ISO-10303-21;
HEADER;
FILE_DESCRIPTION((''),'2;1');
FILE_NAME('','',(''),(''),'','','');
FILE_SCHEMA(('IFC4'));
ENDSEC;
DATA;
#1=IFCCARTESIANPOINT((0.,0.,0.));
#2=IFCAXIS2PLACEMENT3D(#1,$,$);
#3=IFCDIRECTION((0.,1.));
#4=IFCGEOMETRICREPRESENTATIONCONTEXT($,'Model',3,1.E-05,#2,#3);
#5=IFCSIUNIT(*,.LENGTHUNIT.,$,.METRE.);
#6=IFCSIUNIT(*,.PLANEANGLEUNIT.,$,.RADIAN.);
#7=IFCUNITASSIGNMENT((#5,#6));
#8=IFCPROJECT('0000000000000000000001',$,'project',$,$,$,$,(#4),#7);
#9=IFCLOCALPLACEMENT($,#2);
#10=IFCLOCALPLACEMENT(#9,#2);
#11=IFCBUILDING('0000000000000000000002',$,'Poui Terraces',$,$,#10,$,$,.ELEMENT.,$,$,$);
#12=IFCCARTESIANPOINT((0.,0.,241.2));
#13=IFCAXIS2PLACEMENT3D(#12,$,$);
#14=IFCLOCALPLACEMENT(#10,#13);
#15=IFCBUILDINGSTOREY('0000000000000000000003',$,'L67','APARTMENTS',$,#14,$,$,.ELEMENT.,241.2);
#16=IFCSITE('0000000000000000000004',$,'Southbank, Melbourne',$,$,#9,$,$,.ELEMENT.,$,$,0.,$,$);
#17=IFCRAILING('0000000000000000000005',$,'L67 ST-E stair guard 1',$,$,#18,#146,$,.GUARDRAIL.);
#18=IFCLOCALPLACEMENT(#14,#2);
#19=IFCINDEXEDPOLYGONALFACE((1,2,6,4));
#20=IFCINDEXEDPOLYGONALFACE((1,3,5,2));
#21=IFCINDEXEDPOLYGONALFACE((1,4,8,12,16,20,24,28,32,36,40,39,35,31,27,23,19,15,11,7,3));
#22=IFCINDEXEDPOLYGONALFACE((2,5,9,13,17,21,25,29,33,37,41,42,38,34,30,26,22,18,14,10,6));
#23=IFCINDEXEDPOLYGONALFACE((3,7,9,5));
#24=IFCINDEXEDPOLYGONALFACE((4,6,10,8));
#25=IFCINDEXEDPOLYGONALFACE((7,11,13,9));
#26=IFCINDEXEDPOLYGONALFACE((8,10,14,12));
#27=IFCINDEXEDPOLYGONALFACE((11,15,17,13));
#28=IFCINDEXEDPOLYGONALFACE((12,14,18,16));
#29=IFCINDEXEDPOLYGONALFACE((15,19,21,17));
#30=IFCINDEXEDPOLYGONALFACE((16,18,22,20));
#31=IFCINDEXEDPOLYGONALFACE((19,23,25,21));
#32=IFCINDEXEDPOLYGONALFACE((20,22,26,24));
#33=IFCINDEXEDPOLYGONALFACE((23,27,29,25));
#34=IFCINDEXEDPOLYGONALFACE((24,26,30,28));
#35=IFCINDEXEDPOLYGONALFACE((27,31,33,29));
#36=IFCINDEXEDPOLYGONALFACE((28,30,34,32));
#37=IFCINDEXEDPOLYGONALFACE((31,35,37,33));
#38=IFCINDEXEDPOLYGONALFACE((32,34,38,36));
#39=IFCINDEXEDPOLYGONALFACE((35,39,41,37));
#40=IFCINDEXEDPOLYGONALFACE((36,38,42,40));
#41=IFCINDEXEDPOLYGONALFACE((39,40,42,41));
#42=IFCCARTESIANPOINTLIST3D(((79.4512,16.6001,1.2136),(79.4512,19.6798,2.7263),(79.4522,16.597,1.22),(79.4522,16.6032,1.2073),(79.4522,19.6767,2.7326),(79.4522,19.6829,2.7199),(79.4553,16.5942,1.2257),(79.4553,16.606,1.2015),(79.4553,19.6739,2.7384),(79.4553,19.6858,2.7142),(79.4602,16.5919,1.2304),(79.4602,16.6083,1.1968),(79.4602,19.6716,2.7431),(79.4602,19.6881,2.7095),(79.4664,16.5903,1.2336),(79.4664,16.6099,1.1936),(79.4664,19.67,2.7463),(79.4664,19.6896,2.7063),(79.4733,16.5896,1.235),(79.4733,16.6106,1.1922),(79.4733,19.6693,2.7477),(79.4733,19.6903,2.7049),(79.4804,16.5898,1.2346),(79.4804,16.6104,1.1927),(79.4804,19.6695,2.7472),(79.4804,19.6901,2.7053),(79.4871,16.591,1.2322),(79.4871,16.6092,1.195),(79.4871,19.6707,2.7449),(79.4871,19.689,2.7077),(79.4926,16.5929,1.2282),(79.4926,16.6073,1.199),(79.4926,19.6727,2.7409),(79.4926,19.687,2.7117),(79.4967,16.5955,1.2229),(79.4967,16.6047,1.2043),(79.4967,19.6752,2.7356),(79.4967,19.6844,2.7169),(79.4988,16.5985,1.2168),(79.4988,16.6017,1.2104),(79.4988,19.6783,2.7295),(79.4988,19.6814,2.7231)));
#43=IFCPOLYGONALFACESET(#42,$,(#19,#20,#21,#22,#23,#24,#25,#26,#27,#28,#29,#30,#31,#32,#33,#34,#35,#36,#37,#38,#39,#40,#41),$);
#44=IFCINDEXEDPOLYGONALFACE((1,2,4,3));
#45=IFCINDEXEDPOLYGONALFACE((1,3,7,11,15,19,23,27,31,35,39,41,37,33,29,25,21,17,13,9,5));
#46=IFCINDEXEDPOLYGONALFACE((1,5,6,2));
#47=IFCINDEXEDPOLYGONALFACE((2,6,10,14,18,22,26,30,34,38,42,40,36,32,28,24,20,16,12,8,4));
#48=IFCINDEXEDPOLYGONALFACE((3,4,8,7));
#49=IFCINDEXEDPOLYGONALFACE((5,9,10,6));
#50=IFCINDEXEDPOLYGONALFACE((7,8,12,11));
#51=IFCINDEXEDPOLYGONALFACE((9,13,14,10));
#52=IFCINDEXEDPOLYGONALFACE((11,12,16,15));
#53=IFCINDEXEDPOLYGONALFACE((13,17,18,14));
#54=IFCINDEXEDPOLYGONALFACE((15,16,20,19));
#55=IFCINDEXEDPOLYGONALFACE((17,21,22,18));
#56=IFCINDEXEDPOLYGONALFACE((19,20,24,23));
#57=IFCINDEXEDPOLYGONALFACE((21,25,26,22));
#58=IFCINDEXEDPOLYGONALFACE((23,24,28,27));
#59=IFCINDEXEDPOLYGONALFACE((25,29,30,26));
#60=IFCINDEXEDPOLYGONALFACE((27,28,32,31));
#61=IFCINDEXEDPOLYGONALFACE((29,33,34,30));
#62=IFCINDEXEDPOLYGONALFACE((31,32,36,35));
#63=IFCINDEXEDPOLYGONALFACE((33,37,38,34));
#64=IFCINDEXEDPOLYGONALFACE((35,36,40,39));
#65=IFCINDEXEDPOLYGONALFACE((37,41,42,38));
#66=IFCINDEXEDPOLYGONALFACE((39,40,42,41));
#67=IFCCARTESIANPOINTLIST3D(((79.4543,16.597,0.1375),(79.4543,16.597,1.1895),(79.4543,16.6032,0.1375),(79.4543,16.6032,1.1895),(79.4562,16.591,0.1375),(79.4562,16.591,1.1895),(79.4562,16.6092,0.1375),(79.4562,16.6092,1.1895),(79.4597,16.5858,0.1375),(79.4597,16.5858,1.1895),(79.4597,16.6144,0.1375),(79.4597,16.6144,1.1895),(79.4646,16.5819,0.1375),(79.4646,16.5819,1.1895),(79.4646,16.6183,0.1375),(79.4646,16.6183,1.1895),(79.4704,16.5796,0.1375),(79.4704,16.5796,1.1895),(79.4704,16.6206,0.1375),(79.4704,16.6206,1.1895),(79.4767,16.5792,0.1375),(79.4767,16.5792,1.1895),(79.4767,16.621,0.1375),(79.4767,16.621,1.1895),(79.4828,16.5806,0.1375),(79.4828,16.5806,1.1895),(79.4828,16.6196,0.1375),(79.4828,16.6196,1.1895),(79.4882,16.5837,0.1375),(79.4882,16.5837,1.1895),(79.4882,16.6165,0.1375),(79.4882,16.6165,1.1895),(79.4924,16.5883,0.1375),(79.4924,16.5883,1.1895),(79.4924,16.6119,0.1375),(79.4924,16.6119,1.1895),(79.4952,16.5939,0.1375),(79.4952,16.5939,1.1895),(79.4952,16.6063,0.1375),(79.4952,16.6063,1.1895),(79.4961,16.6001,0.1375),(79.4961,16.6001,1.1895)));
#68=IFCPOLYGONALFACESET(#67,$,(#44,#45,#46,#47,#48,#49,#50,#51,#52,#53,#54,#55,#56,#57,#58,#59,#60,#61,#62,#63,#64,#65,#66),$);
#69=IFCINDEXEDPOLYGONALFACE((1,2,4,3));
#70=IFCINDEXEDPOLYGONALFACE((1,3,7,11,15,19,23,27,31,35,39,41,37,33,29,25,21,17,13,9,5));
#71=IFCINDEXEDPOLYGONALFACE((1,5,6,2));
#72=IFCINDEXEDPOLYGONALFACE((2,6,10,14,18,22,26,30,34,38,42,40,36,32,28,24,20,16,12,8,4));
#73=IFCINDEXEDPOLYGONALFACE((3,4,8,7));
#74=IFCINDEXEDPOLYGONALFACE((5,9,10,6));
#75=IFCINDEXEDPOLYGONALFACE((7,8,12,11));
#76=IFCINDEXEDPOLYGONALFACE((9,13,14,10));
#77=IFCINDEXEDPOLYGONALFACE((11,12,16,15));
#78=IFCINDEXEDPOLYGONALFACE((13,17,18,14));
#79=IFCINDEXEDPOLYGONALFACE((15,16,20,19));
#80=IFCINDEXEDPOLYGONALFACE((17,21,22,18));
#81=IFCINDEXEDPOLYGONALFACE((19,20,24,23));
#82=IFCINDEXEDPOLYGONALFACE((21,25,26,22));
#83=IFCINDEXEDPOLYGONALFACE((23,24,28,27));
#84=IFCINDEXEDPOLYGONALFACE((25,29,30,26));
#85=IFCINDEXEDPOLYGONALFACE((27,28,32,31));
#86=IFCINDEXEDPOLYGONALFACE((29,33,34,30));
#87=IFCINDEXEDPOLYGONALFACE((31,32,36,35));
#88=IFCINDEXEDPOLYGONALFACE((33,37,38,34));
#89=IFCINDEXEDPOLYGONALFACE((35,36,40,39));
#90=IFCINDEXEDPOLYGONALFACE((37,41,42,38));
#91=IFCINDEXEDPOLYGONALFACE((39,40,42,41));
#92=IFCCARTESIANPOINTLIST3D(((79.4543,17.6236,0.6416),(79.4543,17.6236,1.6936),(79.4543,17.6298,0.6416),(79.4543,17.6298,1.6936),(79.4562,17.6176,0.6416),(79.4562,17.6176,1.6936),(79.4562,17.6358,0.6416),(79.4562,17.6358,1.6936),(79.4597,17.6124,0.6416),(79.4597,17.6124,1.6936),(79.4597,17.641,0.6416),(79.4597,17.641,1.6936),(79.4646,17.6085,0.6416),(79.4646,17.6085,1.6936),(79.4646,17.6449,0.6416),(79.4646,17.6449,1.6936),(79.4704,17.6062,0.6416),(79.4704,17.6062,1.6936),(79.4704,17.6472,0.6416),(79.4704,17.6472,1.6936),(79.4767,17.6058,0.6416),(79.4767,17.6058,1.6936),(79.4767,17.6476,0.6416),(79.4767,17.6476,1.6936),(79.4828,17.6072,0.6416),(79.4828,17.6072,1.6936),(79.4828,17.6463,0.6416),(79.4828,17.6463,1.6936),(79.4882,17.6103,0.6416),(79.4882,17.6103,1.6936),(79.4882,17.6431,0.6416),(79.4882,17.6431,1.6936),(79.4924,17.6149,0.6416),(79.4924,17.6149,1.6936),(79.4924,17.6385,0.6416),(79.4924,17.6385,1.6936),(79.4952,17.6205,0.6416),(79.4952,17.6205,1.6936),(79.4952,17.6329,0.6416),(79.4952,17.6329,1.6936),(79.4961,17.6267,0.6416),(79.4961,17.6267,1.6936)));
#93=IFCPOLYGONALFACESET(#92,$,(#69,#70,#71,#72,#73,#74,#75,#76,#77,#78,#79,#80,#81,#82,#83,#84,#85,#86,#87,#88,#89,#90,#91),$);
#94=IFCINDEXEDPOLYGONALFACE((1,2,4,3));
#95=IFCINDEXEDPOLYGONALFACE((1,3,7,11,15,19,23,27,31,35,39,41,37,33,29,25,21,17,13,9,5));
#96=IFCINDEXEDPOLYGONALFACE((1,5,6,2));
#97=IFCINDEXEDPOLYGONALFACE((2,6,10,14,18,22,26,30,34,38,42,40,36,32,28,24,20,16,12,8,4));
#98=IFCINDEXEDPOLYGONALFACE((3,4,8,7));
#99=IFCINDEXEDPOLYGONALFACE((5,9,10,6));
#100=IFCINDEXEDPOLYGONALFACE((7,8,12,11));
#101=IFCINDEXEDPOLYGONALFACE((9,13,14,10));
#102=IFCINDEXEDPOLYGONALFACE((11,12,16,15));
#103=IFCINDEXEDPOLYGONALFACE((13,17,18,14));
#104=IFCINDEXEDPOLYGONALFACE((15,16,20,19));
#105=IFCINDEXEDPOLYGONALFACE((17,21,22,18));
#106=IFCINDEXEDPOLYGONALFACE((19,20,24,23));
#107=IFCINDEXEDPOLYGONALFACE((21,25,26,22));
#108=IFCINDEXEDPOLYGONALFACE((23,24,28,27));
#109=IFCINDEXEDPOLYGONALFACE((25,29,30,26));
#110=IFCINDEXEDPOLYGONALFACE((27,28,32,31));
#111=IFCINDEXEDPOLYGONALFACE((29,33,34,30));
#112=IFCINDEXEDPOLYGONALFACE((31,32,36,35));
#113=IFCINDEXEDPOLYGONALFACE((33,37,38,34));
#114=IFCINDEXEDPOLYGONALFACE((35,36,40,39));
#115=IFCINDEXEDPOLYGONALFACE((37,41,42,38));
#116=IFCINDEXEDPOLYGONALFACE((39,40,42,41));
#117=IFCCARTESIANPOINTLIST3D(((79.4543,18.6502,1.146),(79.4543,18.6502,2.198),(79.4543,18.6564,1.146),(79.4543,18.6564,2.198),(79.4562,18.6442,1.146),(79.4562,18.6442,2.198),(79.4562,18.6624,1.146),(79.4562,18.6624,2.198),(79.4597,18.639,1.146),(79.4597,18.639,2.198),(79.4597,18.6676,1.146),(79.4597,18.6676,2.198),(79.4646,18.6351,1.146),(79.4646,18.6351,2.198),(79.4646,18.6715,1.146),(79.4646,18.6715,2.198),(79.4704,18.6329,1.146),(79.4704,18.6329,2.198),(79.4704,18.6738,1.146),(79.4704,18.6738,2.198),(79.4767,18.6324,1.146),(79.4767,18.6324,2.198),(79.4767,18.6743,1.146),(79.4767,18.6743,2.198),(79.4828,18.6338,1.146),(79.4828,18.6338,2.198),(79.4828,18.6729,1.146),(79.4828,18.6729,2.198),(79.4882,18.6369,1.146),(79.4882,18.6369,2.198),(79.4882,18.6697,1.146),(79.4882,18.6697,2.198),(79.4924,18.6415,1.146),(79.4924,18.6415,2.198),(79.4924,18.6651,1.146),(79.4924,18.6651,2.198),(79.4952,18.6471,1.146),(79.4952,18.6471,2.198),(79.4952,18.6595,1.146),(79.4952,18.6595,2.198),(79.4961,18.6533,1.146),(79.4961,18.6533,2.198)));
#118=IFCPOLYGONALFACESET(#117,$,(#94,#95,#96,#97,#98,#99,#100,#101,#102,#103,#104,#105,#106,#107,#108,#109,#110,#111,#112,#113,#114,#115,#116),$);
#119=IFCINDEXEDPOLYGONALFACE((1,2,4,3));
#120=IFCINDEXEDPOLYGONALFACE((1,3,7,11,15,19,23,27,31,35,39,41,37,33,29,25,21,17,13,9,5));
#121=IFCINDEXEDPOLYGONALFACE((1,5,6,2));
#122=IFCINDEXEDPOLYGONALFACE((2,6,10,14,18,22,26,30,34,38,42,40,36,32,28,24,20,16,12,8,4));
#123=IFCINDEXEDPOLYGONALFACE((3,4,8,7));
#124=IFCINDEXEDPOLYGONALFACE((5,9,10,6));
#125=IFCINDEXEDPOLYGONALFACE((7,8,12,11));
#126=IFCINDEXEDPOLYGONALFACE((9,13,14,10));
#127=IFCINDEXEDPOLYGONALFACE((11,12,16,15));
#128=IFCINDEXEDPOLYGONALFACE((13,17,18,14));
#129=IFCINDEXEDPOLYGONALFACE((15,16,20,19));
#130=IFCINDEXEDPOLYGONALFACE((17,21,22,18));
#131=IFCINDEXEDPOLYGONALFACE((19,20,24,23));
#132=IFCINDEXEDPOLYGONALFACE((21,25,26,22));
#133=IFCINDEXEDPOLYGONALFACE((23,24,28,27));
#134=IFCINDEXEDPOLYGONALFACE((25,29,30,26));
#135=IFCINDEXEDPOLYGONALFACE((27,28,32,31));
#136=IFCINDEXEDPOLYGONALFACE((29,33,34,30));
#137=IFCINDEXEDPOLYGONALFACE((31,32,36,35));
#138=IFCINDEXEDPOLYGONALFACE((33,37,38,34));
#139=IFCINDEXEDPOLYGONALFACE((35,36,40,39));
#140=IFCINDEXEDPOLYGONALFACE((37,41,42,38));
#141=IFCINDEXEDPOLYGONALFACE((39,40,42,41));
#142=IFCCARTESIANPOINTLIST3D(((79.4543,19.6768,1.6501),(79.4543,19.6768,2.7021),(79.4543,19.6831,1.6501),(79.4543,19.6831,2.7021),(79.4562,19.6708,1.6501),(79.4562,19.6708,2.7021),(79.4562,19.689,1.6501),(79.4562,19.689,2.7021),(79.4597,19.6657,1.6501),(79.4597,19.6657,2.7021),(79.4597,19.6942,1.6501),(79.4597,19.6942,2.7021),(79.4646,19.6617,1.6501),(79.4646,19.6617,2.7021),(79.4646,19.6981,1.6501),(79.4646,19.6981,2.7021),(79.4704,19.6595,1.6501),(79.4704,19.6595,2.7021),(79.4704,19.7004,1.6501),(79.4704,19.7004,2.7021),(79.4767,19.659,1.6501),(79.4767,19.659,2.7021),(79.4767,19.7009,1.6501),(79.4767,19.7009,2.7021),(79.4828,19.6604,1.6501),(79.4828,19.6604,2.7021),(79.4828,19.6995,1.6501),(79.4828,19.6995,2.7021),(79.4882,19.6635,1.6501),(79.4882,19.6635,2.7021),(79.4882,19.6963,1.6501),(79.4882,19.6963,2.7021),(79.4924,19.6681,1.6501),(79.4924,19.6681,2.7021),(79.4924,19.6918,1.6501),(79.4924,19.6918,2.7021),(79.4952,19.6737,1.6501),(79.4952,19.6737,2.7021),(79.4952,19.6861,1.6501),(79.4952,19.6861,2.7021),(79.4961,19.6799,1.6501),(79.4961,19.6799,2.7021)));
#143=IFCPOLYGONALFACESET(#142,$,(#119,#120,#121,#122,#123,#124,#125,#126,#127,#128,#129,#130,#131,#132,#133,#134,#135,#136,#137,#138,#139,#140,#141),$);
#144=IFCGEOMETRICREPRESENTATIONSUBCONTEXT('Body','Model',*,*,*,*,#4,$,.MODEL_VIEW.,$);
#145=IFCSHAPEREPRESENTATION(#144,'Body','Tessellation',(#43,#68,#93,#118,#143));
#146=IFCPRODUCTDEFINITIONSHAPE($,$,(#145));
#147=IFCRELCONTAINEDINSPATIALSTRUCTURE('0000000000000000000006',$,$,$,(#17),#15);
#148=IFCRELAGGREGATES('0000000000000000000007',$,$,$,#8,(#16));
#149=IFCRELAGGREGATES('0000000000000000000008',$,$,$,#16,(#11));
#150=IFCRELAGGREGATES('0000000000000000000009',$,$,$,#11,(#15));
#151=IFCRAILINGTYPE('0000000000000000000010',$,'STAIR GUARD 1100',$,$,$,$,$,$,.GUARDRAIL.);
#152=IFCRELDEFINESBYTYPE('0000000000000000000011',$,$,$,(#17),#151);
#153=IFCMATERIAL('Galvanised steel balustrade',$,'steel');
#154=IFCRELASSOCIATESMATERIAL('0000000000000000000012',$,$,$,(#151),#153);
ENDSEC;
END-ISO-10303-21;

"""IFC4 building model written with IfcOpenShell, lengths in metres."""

from ifc_helpers import new_model, si_unit, direction, frame, origin, origin_2d, place, context, subcontext, project, spatial, circle, extrude, material, type_object, element, save


model = new_model("IFC4")

# Units and contexts
model_context = context("Model", 3, precision=1e-05, world=origin(), true_north=direction((0.0, 1.0)))
body_context = subcontext(model_context, "Body", "Model", "MODEL_VIEW")
ifc_project = project(units=[si_unit("LENGTHUNIT", "METRE"), si_unit("PLANEANGLEUNIT", "RADIAN")], contexts=[model_context])

# Site, building, storey
site_placement = place(None, origin())
site = spatial("IfcSite", under=ifc_project, at=site_placement, Name="Southbank, Melbourne", CompositionType="ELEMENT", RefElevation=0.0)
building_placement = place(site_placement, origin())
building = spatial("IfcBuilding", under=site, at=building_placement, Name="Poui Terraces", CompositionType="ELEMENT")
storey_placement = place(building_placement, frame((0.0, 0.0, 241.2)))
storey = spatial("IfcBuildingStorey", under=building, at=storey_placement, Name="L67", Description="APARTMENTS", CompositionType="ELEMENT", Elevation=241.2)

# Railing
ifc_material_1 = material(Name="Galvanised steel balustrade", Category="steel")
railing_type_1 = type_object("IfcRailingType", Name="STAIR GUARD 1100", PredefinedType="GUARDRAIL", material=ifc_material_1)
railing_1_placement = place(storey_placement, frame((79.4751, 16.6001, 0.1375)))
element("IfcRailing", 1, at=railing_1_placement, inside=storey, type_object=railing_type_1, Name="L67 ST-E stair guard 1", PredefinedType="GUARDRAIL", context=body_context, shape_type="SweptSolid", body=[
    extrude(circle(Radius=0.0239, at=origin_2d()), frame((0.0, 0.0, 1.0762), z_axis=(0.0, 0.897578, 0.440856), x_axis=(-1.0, 0.0, 0.0)), (0.0, 0.0, 1.0), 3.4312),
    extrude(circle(Radius=0.021, at=origin_2d()), origin(), (0.0, 0.0, 1.0), 1.052),
    extrude(circle(Radius=0.021, at=origin_2d()), frame((0.0, 1.0266, 0.5042)), (0.0, 0.0, 1.0), 1.052),
    extrude(circle(Radius=0.021, at=origin_2d()), frame((0.0, 2.0532, 1.0085)), (0.0, 0.0, 1.0), 1.052),
    extrude(circle(Radius=0.021, at=origin_2d()), frame((0.0, 3.0798, 1.5127)), (0.0, 0.0, 1.0), 1.052),
])

save(model, "model.ifc")
